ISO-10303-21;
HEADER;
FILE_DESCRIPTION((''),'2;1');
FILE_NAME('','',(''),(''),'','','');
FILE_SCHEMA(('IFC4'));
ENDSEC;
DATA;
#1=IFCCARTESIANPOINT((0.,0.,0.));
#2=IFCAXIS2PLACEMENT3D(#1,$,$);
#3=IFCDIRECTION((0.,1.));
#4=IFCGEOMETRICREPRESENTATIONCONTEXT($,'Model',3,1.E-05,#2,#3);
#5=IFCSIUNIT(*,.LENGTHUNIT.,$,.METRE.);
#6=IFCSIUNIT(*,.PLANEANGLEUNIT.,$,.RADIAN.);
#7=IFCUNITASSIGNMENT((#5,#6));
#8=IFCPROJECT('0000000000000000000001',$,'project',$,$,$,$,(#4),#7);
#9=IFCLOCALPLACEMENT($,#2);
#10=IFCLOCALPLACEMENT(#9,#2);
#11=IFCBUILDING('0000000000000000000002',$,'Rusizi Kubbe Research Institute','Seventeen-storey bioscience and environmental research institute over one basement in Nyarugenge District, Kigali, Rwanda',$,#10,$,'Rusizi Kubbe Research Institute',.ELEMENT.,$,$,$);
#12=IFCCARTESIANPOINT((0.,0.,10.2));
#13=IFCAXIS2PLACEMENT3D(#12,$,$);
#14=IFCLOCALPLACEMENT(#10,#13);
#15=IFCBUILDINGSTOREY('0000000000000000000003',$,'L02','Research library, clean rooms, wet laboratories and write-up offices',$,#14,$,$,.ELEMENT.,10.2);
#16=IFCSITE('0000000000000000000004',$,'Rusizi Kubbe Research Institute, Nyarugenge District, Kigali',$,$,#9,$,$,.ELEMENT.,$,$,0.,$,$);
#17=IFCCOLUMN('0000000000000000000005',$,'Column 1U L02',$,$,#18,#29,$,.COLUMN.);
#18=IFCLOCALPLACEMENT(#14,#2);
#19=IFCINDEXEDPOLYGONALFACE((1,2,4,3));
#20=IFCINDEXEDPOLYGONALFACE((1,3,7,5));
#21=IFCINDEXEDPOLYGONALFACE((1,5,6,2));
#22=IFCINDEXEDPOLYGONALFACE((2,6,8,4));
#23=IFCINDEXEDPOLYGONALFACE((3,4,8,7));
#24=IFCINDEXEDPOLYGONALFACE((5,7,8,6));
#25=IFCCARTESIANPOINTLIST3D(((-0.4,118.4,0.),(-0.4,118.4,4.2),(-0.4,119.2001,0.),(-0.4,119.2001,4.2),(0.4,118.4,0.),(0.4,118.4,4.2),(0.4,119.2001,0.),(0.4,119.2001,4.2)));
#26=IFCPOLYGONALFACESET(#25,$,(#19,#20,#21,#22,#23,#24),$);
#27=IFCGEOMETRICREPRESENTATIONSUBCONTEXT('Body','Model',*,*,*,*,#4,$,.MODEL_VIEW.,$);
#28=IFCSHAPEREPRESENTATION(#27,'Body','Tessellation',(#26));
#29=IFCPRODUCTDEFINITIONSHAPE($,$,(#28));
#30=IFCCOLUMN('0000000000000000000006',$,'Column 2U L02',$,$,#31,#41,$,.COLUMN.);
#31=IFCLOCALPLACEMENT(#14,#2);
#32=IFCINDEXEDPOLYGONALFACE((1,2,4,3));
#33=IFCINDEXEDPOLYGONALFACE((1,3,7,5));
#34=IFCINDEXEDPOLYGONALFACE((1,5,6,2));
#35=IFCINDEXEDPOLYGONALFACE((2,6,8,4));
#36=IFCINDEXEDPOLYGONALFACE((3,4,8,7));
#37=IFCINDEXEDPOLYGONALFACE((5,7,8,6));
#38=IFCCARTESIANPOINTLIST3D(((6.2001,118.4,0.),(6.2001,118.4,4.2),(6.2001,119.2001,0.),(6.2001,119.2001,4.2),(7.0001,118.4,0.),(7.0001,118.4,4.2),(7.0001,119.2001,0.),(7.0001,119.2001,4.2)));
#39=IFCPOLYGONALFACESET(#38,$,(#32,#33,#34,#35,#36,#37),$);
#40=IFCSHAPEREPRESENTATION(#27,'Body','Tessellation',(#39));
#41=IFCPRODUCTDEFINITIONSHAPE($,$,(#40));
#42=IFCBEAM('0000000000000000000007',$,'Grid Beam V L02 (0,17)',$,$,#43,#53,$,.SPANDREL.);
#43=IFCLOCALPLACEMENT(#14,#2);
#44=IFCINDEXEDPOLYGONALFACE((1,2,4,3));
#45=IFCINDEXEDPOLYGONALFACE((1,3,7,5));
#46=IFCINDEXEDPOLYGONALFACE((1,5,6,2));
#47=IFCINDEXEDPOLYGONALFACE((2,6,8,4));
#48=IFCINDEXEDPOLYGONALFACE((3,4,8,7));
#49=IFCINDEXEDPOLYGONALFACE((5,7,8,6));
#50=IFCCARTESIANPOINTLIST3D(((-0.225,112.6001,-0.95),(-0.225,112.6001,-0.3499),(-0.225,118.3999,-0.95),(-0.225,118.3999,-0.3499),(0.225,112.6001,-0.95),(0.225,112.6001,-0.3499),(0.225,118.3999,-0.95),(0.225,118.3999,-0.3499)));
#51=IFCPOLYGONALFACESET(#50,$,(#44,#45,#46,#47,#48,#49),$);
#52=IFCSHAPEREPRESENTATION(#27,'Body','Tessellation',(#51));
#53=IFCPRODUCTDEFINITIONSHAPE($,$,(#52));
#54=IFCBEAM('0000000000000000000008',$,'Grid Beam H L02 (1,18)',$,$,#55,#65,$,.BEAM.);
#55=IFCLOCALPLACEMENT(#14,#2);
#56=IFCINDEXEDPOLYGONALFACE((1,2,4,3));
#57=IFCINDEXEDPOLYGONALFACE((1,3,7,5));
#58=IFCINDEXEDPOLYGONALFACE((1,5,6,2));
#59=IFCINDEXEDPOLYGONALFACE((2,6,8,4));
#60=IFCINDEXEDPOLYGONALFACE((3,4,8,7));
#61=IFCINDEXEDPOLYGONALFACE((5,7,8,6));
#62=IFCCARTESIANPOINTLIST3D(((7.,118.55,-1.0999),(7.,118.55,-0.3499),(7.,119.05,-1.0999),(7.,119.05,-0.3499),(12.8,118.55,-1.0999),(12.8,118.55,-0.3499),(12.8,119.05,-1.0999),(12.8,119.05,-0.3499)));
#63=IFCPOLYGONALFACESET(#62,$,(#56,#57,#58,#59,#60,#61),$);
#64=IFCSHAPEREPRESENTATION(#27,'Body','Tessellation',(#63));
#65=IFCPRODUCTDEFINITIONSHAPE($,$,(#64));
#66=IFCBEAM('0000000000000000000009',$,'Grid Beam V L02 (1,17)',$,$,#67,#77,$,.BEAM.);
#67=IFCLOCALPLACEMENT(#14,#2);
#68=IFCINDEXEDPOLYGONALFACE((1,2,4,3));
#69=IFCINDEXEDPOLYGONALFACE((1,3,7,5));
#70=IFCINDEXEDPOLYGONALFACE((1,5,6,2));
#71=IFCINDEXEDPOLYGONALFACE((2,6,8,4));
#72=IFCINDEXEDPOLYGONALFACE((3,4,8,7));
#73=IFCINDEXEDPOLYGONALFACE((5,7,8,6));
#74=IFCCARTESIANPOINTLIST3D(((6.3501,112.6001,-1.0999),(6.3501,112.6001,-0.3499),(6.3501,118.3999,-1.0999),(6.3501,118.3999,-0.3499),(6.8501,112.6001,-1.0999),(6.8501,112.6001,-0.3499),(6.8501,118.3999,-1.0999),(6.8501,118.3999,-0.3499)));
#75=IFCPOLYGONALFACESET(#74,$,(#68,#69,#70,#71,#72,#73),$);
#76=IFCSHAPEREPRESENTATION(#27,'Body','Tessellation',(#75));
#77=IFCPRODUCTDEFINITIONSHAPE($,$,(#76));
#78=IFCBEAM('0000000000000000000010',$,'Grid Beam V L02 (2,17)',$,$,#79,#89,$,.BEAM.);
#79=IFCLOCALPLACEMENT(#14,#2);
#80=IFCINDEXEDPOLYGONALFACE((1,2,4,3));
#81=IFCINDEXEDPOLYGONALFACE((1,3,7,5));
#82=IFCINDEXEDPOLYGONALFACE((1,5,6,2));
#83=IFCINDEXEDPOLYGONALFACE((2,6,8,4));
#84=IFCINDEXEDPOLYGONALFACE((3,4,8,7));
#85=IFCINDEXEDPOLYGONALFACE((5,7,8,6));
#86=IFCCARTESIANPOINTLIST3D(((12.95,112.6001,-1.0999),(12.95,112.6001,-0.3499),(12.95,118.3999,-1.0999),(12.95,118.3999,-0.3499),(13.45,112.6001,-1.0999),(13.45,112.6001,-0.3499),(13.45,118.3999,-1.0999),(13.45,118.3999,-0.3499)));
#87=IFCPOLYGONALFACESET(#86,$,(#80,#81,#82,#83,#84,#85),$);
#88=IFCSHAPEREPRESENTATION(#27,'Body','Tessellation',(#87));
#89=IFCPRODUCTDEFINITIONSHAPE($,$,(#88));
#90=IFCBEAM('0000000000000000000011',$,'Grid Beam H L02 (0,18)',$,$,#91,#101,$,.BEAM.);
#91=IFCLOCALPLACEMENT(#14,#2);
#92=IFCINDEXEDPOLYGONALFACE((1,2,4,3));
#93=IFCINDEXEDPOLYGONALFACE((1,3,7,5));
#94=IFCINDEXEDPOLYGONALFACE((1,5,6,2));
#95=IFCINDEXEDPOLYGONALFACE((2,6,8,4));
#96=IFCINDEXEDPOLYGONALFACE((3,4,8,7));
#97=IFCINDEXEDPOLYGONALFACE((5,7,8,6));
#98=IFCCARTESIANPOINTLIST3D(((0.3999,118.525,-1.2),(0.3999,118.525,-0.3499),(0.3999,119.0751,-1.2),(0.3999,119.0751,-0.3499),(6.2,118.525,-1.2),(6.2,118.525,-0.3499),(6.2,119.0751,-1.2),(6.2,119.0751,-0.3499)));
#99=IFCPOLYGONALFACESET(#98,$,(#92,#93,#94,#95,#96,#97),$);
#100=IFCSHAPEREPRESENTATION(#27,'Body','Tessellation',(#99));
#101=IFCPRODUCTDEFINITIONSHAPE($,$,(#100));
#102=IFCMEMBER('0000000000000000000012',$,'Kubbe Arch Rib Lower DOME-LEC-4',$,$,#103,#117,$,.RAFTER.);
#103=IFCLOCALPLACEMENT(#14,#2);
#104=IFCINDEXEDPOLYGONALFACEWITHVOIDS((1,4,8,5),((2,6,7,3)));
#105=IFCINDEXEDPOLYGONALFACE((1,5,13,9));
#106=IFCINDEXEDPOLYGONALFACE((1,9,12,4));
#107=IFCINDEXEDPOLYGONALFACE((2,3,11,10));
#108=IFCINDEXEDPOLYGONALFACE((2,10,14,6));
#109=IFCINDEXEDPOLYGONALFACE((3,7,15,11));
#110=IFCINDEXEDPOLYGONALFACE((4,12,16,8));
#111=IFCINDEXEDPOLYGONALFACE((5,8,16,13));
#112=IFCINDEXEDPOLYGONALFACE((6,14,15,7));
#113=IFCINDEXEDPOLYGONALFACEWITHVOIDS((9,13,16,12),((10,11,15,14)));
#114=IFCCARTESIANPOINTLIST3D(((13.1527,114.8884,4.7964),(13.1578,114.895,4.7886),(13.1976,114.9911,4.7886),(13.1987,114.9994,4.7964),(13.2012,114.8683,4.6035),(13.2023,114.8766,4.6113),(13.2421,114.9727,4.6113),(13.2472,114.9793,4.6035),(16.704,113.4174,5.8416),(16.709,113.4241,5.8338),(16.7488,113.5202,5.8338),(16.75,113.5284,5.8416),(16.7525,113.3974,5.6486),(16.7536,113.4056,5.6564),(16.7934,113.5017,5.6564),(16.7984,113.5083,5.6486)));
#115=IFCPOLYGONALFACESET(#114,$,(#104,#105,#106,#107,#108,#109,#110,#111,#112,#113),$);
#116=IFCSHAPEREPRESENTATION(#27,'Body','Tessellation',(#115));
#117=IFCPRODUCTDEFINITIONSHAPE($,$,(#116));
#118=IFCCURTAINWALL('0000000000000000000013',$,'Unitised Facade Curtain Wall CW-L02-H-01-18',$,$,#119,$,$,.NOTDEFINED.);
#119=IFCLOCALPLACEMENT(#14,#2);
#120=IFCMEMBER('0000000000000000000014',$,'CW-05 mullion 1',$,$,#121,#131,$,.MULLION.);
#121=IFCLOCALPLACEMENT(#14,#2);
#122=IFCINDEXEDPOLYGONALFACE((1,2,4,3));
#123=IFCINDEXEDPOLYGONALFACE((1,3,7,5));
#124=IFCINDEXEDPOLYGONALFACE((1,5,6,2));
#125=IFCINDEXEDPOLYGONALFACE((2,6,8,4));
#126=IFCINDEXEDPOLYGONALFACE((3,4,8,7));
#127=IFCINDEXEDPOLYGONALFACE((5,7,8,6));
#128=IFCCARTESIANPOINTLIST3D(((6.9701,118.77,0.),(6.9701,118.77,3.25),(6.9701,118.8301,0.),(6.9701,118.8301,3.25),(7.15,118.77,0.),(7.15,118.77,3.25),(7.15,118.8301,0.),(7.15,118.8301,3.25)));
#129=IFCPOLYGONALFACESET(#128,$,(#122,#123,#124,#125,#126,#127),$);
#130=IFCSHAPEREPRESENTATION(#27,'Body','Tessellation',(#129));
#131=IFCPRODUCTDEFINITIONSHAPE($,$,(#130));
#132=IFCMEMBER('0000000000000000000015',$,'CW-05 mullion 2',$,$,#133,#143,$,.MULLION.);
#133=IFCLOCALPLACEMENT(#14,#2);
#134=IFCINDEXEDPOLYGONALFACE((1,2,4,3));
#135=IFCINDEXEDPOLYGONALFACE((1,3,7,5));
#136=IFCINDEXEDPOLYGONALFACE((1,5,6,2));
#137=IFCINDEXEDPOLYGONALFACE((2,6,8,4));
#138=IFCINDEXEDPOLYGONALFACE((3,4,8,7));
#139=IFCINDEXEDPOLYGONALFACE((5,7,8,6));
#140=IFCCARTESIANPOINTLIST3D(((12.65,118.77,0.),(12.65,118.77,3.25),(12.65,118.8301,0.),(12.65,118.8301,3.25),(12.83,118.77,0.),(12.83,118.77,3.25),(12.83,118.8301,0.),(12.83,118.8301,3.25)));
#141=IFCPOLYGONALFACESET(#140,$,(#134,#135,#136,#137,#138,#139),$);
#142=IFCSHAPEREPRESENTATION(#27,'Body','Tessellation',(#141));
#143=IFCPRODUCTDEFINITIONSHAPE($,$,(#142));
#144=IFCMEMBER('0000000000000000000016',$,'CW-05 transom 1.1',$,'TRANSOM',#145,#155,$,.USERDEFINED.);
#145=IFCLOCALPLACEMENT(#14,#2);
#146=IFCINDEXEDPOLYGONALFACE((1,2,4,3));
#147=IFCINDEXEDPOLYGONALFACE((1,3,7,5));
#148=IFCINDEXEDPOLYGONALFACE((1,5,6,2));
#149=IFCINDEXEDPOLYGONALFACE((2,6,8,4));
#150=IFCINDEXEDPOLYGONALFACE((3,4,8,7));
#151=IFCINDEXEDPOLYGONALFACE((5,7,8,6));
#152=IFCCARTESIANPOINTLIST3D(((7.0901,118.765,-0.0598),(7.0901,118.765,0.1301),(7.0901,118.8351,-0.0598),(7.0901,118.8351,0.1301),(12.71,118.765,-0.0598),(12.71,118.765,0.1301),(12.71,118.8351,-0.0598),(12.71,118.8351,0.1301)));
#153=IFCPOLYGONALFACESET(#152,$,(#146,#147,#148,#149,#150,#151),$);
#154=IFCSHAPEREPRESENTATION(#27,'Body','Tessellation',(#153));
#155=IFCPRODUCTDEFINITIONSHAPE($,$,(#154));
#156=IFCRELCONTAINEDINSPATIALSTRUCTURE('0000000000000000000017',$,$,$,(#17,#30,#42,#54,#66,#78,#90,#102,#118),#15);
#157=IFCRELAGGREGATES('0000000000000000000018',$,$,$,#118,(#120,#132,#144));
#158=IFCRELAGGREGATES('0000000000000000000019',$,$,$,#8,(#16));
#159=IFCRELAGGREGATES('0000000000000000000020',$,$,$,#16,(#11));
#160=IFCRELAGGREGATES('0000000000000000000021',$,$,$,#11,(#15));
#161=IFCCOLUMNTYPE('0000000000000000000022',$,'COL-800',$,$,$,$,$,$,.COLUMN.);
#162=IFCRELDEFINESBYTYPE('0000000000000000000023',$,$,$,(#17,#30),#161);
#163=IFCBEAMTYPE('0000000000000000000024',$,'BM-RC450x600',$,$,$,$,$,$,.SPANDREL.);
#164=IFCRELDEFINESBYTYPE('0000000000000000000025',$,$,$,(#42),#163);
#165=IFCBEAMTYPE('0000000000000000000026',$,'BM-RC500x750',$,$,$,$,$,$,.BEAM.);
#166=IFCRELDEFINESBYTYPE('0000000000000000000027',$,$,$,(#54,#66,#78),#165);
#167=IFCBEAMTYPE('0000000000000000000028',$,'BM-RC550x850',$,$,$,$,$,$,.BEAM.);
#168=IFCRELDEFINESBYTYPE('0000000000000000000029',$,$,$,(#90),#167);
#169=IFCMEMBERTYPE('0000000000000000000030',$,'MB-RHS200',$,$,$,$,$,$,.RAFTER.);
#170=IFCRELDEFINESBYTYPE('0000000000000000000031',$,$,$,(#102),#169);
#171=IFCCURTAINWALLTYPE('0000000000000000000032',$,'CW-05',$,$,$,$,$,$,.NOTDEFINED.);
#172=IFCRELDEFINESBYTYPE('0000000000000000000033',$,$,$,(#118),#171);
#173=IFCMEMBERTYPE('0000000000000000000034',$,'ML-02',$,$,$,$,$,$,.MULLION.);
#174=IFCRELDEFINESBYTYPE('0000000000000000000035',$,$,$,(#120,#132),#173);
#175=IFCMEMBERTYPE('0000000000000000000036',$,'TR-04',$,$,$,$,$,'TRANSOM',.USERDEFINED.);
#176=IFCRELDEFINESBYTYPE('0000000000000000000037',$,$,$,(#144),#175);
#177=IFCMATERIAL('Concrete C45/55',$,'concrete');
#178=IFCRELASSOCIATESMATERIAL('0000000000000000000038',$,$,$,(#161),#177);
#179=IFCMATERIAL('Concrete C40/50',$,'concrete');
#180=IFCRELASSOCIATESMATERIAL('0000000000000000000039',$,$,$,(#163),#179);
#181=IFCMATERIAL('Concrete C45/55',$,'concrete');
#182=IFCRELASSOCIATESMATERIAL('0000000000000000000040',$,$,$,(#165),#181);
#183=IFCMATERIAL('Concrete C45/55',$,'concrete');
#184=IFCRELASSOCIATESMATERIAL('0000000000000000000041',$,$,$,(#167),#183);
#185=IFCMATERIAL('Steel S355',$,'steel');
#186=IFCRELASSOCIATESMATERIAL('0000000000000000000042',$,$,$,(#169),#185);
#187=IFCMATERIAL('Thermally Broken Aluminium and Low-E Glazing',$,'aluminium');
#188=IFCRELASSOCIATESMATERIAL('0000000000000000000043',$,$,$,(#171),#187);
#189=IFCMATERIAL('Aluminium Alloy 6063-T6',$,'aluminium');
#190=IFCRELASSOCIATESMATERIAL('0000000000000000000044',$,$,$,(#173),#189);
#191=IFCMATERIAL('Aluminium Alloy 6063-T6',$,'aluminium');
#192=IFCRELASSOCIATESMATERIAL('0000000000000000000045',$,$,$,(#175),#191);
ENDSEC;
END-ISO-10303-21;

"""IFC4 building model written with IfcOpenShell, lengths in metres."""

from ifc_helpers import new_model, si_unit, direction, frame, origin, origin_2d, place, context, subcontext, project, spatial, rectangle, hollow_rectangle, extrude, material, material_profile, profile_set, type_object, element, aggregate, save


model = new_model("IFC4")

# Units and contexts
model_context = context("Model", 3, precision=1e-05, world=origin(), true_north=direction((0.0, 1.0)))
body_context = subcontext(model_context, "Body", "Model", "MODEL_VIEW")
ifc_project = project(units=[si_unit("LENGTHUNIT", "METRE"), si_unit("PLANEANGLEUNIT", "RADIAN")], contexts=[model_context])

# Site, building, storey
site_placement = place(None, origin())
site = spatial("IfcSite", under=ifc_project, at=site_placement, Name="Rusizi Kubbe Research Institute, Nyarugenge District, Kigali", CompositionType="ELEMENT", RefElevation=0.0)
building_placement = place(site_placement, origin())
building = spatial("IfcBuilding", under=site, at=building_placement, Name="Rusizi Kubbe Research Institute", Description="Seventeen-storey bioscience and environmental research institute over one basement in Nyarugenge District, Kigali, Rwanda", LongName="Rusizi Kubbe Research Institute", CompositionType="ELEMENT")
storey_placement = place(building_placement, frame((0.0, 0.0, 10.2)))
storey = spatial("IfcBuildingStorey", under=building, at=storey_placement, Name="L02", Description="Research library, clean rooms, wet laboratories and write-up offices", CompositionType="ELEMENT", Elevation=10.2)

# Columns
ifc_material_1 = material(Name="Concrete C45/55", Category="concrete")
ifc_material_profile_1 = material_profile(ifc_material_1, rectangle(XDim=0.8, YDim=0.8, at=origin_2d()), Name="RC800x800")
ifc_profile_set_1 = profile_set([ifc_material_profile_1], Name="Concrete C45/55")
column_type = type_object("IfcColumnType", Name="COL-800", PredefinedType="COLUMN", material=ifc_profile_set_1)
for number, where, z_axis, x_axis, name in (
    (1, (0.0, 118.8, 0.0), (0.0, 0.0, 1.0), (1.0, 0.0, 0.0), "Column 1U L02"),
    (2, (6.6001, 118.8, 0.0), (0.0, 0.0, 1.0), (1.0, 0.0, 0.0), "Column 2U L02"),
):
    element("IfcColumn", number, at=place(storey_placement, frame(where, z_axis=z_axis, x_axis=x_axis)), inside=storey, type_object=column_type, Name=name, PredefinedType="COLUMN", context=body_context, shape_type="SweptSolid", body=[
        extrude(rectangle(XDim=0.8, YDim=0.8, at=origin_2d()), origin(), (0.0, 0.0, 1.0), 4.2),
    ])

# Beams
ifc_material_2 = material(Name="Concrete C40/50", Category="concrete")
ifc_material_profile_2 = material_profile(ifc_material_2, rectangle(XDim=0.45, YDim=0.6001, at=origin_2d()), Name="RC450x600")
ifc_profile_set_2 = profile_set([ifc_material_profile_2], Name="Concrete C40/50")
beam_type_1 = type_object("IfcBeamType", Name="BM-RC450x600", PredefinedType="SPANDREL", material=ifc_profile_set_2)
beam_1_placement = place(storey_placement, frame((0.0, 112.6001, -0.6499), z_axis=(0.0, 1.0, 0.0), x_axis=(-1.0, 0.0, 0.0)))
element("IfcBeam", 3, at=beam_1_placement, inside=storey, type_object=beam_type_1, Name="Grid Beam V L02 (0,17)", PredefinedType="SPANDREL", context=body_context, shape_type="SweptSolid", body=[
    extrude(rectangle(XDim=0.45, YDim=0.6001, at=origin_2d()), origin(), (0.0, 0.0, 1.0), 5.7998),
])
ifc_material_3 = material(Name="Concrete C45/55", Category="concrete")
ifc_material_profile_3 = material_profile(ifc_material_3, rectangle(XDim=0.5, YDim=0.75, at=origin_2d()), Name="RC500x750B")
ifc_profile_set_3 = profile_set([ifc_material_profile_3], Name="Concrete C45/55")
beam_type_2 = type_object("IfcBeamType", Name="BM-RC500x750", PredefinedType="BEAM", material=ifc_profile_set_3)
beam_2_placement = place(storey_placement, frame((7.0, 118.8, -0.7249), z_axis=(1.0, 0.0, 0.0), x_axis=(0.0, 1.0, 0.0)))
element("IfcBeam", 4, at=beam_2_placement, inside=storey, type_object=beam_type_2, Name="Grid Beam H L02 (1,18)", PredefinedType="BEAM", context=body_context, shape_type="SweptSolid", body=[
    extrude(rectangle(XDim=0.5, YDim=0.75, at=origin_2d()), origin(), (0.0, 0.0, 1.0), 5.8),
])
for number, where, z_axis, x_axis, name in (
    (5, (6.6001, 112.6001, -0.7249), (0.0, 1.0, 0.0), (-1.0, 0.0, 0.0), "Grid Beam V L02 (1,17)"),
    (6, (13.2, 112.6001, -0.7249), (0.0, 1.0, 0.0), (-1.0, 0.0, 0.0), "Grid Beam V L02 (2,17)"),
):
    element("IfcBeam", number, at=place(storey_placement, frame(where, z_axis=z_axis, x_axis=x_axis)), inside=storey, type_object=beam_type_2, Name=name, PredefinedType="BEAM", context=body_context, shape_type="SweptSolid", body=[
        extrude(rectangle(XDim=0.5, YDim=0.75, at=origin_2d()), origin(), (0.0, 0.0, 1.0), 5.7998),
    ])
ifc_material_4 = material(Name="Concrete C45/55", Category="concrete")
ifc_material_profile_4 = material_profile(ifc_material_4, rectangle(XDim=0.55, YDim=0.8501, at=origin_2d()), Name="RC550x850")
ifc_profile_set_4 = profile_set([ifc_material_profile_4], Name="Concrete C45/55")
beam_type_3 = type_object("IfcBeamType", Name="BM-RC550x850", PredefinedType="BEAM", material=ifc_profile_set_4)
beam_3_placement = place(storey_placement, frame((0.3999, 118.8, -0.7749), z_axis=(1.0, 0.0, 0.0), x_axis=(0.0, 1.0, 0.0)))
element("IfcBeam", 7, at=beam_3_placement, inside=storey, type_object=beam_type_3, Name="Grid Beam H L02 (0,18)", PredefinedType="BEAM", context=body_context, shape_type="SweptSolid", body=[
    extrude(rectangle(XDim=0.55, YDim=0.8501, at=origin_2d()), origin(), (0.0, 0.0, 1.0), 5.8),
])

# Member
ifc_material_5 = material(Name="Steel S355", Category="steel")
ifc_material_profile_5 = material_profile(ifc_material_5, hollow_rectangle(XDim=0.1201, YDim=0.2, WallThickness=0.0081, at=origin_2d()), Name="RHS 200x120x8.0")
ifc_profile_set_5 = profile_set([ifc_material_profile_5], Name="Steel S355")
member_type_1 = type_object("IfcMemberType", Name="MB-RHS200", PredefinedType="RAFTER", material=ifc_profile_set_5)
member_1_placement = place(storey_placement, frame((13.2, 114.9338, 4.7), z_axis=(0.891514, -0.369268, 0.26238), x_axis=(0.382675, 0.923883, 0.0)))
element("IfcMember", 8, at=member_1_placement, inside=storey, type_object=member_type_1, Name="Kubbe Arch Rib Lower DOME-LEC-4", PredefinedType="RAFTER", context=body_context, shape_type="SweptSolid", body=[
    extrude(hollow_rectangle(XDim=0.1201, YDim=0.2, WallThickness=0.0081, at=origin_2d()), origin(), (0.0, 0.0, 1.0), 3.9834),
])

# Curtain wall, members
ifc_material_6 = material(Name="Thermally Broken Aluminium and Low-E Glazing", Category="aluminium")
curtain_wall_type = type_object("IfcCurtainWallType", Name="CW-05", PredefinedType="NOTDEFINED", material=ifc_material_6)
curtain_wall_placement = place(storey_placement, origin())
curtain_wall = element("IfcCurtainWall", 9, at=curtain_wall_placement, inside=storey, type_object=curtain_wall_type, Name="Unitised Facade Curtain Wall CW-L02-H-01-18", PredefinedType="NOTDEFINED")
ifc_material_7 = material(Name="Aluminium Alloy 6063-T6", Category="aluminium")
ifc_material_profile_6 = material_profile(ifc_material_7, rectangle(XDim=0.0601, YDim=0.1799, at=origin_2d()), Name="ALU-M 60x180")
ifc_profile_set_6 = profile_set([ifc_material_profile_6], Name="Aluminium Alloy 6063-T6")
member_type_2 = type_object("IfcMemberType", Name="ML-02", PredefinedType="MULLION", material=ifc_profile_set_6)
member_2_placement = place(storey_placement, frame((7.0601, 118.8, 0.0), z_axis=(0.0, 0.0, 1.0), x_axis=(0.0, 1.0, 0.0)))
member_2 = element("IfcMember", 10, at=member_2_placement, type_object=member_type_2, Name="CW-05 mullion 1", PredefinedType="MULLION", context=body_context, shape_type="SweptSolid", body=[
    extrude(rectangle(XDim=0.0601, YDim=0.1799, at=origin_2d()), origin(), (0.0, 0.0, 1.0), 3.25),
])
member_3_placement = place(storey_placement, frame((12.74, 118.8, 0.0), z_axis=(0.0, 0.0, 1.0), x_axis=(0.0, 1.0, 0.0)))
member_3 = element("IfcMember", 11, at=member_3_placement, type_object=member_type_2, Name="CW-05 mullion 2", PredefinedType="MULLION", context=body_context, shape_type="SweptSolid", body=[
    extrude(rectangle(XDim=0.0601, YDim=0.1799, at=origin_2d()), origin(), (0.0, 0.0, 1.0), 3.25),
])
ifc_material_8 = material(Name="Aluminium Alloy 6063-T6", Category="aluminium")
ifc_material_profile_7 = material_profile(ifc_material_8, rectangle(XDim=0.0701, YDim=0.1899, at=origin_2d()), Name="ALU-T 70x190")
ifc_profile_set_7 = profile_set([ifc_material_profile_7], Name="Aluminium Alloy 6063-T6")
member_type_3 = type_object("IfcMemberType", Name="TR-04", ElementType="TRANSOM", PredefinedType="USERDEFINED", material=ifc_profile_set_7)
member_4_placement = place(storey_placement, frame((7.0901, 118.8, 0.0352), z_axis=(1.0, 0.0, 0.0), x_axis=(0.0, 1.0, 0.0)))
member_4 = element("IfcMember", 12, at=member_4_placement, type_object=member_type_3, Name="CW-05 transom 1.1", ObjectType="TRANSOM", PredefinedType="USERDEFINED", context=body_context, shape_type="SweptSolid", body=[
    extrude(rectangle(XDim=0.0701, YDim=0.1899, at=origin_2d()), origin(), (0.0, 0.0, 1.0), 5.6199),
])
aggregate(curtain_wall, [member_2, member_3, member_4])

save(model, "model.ifc")
